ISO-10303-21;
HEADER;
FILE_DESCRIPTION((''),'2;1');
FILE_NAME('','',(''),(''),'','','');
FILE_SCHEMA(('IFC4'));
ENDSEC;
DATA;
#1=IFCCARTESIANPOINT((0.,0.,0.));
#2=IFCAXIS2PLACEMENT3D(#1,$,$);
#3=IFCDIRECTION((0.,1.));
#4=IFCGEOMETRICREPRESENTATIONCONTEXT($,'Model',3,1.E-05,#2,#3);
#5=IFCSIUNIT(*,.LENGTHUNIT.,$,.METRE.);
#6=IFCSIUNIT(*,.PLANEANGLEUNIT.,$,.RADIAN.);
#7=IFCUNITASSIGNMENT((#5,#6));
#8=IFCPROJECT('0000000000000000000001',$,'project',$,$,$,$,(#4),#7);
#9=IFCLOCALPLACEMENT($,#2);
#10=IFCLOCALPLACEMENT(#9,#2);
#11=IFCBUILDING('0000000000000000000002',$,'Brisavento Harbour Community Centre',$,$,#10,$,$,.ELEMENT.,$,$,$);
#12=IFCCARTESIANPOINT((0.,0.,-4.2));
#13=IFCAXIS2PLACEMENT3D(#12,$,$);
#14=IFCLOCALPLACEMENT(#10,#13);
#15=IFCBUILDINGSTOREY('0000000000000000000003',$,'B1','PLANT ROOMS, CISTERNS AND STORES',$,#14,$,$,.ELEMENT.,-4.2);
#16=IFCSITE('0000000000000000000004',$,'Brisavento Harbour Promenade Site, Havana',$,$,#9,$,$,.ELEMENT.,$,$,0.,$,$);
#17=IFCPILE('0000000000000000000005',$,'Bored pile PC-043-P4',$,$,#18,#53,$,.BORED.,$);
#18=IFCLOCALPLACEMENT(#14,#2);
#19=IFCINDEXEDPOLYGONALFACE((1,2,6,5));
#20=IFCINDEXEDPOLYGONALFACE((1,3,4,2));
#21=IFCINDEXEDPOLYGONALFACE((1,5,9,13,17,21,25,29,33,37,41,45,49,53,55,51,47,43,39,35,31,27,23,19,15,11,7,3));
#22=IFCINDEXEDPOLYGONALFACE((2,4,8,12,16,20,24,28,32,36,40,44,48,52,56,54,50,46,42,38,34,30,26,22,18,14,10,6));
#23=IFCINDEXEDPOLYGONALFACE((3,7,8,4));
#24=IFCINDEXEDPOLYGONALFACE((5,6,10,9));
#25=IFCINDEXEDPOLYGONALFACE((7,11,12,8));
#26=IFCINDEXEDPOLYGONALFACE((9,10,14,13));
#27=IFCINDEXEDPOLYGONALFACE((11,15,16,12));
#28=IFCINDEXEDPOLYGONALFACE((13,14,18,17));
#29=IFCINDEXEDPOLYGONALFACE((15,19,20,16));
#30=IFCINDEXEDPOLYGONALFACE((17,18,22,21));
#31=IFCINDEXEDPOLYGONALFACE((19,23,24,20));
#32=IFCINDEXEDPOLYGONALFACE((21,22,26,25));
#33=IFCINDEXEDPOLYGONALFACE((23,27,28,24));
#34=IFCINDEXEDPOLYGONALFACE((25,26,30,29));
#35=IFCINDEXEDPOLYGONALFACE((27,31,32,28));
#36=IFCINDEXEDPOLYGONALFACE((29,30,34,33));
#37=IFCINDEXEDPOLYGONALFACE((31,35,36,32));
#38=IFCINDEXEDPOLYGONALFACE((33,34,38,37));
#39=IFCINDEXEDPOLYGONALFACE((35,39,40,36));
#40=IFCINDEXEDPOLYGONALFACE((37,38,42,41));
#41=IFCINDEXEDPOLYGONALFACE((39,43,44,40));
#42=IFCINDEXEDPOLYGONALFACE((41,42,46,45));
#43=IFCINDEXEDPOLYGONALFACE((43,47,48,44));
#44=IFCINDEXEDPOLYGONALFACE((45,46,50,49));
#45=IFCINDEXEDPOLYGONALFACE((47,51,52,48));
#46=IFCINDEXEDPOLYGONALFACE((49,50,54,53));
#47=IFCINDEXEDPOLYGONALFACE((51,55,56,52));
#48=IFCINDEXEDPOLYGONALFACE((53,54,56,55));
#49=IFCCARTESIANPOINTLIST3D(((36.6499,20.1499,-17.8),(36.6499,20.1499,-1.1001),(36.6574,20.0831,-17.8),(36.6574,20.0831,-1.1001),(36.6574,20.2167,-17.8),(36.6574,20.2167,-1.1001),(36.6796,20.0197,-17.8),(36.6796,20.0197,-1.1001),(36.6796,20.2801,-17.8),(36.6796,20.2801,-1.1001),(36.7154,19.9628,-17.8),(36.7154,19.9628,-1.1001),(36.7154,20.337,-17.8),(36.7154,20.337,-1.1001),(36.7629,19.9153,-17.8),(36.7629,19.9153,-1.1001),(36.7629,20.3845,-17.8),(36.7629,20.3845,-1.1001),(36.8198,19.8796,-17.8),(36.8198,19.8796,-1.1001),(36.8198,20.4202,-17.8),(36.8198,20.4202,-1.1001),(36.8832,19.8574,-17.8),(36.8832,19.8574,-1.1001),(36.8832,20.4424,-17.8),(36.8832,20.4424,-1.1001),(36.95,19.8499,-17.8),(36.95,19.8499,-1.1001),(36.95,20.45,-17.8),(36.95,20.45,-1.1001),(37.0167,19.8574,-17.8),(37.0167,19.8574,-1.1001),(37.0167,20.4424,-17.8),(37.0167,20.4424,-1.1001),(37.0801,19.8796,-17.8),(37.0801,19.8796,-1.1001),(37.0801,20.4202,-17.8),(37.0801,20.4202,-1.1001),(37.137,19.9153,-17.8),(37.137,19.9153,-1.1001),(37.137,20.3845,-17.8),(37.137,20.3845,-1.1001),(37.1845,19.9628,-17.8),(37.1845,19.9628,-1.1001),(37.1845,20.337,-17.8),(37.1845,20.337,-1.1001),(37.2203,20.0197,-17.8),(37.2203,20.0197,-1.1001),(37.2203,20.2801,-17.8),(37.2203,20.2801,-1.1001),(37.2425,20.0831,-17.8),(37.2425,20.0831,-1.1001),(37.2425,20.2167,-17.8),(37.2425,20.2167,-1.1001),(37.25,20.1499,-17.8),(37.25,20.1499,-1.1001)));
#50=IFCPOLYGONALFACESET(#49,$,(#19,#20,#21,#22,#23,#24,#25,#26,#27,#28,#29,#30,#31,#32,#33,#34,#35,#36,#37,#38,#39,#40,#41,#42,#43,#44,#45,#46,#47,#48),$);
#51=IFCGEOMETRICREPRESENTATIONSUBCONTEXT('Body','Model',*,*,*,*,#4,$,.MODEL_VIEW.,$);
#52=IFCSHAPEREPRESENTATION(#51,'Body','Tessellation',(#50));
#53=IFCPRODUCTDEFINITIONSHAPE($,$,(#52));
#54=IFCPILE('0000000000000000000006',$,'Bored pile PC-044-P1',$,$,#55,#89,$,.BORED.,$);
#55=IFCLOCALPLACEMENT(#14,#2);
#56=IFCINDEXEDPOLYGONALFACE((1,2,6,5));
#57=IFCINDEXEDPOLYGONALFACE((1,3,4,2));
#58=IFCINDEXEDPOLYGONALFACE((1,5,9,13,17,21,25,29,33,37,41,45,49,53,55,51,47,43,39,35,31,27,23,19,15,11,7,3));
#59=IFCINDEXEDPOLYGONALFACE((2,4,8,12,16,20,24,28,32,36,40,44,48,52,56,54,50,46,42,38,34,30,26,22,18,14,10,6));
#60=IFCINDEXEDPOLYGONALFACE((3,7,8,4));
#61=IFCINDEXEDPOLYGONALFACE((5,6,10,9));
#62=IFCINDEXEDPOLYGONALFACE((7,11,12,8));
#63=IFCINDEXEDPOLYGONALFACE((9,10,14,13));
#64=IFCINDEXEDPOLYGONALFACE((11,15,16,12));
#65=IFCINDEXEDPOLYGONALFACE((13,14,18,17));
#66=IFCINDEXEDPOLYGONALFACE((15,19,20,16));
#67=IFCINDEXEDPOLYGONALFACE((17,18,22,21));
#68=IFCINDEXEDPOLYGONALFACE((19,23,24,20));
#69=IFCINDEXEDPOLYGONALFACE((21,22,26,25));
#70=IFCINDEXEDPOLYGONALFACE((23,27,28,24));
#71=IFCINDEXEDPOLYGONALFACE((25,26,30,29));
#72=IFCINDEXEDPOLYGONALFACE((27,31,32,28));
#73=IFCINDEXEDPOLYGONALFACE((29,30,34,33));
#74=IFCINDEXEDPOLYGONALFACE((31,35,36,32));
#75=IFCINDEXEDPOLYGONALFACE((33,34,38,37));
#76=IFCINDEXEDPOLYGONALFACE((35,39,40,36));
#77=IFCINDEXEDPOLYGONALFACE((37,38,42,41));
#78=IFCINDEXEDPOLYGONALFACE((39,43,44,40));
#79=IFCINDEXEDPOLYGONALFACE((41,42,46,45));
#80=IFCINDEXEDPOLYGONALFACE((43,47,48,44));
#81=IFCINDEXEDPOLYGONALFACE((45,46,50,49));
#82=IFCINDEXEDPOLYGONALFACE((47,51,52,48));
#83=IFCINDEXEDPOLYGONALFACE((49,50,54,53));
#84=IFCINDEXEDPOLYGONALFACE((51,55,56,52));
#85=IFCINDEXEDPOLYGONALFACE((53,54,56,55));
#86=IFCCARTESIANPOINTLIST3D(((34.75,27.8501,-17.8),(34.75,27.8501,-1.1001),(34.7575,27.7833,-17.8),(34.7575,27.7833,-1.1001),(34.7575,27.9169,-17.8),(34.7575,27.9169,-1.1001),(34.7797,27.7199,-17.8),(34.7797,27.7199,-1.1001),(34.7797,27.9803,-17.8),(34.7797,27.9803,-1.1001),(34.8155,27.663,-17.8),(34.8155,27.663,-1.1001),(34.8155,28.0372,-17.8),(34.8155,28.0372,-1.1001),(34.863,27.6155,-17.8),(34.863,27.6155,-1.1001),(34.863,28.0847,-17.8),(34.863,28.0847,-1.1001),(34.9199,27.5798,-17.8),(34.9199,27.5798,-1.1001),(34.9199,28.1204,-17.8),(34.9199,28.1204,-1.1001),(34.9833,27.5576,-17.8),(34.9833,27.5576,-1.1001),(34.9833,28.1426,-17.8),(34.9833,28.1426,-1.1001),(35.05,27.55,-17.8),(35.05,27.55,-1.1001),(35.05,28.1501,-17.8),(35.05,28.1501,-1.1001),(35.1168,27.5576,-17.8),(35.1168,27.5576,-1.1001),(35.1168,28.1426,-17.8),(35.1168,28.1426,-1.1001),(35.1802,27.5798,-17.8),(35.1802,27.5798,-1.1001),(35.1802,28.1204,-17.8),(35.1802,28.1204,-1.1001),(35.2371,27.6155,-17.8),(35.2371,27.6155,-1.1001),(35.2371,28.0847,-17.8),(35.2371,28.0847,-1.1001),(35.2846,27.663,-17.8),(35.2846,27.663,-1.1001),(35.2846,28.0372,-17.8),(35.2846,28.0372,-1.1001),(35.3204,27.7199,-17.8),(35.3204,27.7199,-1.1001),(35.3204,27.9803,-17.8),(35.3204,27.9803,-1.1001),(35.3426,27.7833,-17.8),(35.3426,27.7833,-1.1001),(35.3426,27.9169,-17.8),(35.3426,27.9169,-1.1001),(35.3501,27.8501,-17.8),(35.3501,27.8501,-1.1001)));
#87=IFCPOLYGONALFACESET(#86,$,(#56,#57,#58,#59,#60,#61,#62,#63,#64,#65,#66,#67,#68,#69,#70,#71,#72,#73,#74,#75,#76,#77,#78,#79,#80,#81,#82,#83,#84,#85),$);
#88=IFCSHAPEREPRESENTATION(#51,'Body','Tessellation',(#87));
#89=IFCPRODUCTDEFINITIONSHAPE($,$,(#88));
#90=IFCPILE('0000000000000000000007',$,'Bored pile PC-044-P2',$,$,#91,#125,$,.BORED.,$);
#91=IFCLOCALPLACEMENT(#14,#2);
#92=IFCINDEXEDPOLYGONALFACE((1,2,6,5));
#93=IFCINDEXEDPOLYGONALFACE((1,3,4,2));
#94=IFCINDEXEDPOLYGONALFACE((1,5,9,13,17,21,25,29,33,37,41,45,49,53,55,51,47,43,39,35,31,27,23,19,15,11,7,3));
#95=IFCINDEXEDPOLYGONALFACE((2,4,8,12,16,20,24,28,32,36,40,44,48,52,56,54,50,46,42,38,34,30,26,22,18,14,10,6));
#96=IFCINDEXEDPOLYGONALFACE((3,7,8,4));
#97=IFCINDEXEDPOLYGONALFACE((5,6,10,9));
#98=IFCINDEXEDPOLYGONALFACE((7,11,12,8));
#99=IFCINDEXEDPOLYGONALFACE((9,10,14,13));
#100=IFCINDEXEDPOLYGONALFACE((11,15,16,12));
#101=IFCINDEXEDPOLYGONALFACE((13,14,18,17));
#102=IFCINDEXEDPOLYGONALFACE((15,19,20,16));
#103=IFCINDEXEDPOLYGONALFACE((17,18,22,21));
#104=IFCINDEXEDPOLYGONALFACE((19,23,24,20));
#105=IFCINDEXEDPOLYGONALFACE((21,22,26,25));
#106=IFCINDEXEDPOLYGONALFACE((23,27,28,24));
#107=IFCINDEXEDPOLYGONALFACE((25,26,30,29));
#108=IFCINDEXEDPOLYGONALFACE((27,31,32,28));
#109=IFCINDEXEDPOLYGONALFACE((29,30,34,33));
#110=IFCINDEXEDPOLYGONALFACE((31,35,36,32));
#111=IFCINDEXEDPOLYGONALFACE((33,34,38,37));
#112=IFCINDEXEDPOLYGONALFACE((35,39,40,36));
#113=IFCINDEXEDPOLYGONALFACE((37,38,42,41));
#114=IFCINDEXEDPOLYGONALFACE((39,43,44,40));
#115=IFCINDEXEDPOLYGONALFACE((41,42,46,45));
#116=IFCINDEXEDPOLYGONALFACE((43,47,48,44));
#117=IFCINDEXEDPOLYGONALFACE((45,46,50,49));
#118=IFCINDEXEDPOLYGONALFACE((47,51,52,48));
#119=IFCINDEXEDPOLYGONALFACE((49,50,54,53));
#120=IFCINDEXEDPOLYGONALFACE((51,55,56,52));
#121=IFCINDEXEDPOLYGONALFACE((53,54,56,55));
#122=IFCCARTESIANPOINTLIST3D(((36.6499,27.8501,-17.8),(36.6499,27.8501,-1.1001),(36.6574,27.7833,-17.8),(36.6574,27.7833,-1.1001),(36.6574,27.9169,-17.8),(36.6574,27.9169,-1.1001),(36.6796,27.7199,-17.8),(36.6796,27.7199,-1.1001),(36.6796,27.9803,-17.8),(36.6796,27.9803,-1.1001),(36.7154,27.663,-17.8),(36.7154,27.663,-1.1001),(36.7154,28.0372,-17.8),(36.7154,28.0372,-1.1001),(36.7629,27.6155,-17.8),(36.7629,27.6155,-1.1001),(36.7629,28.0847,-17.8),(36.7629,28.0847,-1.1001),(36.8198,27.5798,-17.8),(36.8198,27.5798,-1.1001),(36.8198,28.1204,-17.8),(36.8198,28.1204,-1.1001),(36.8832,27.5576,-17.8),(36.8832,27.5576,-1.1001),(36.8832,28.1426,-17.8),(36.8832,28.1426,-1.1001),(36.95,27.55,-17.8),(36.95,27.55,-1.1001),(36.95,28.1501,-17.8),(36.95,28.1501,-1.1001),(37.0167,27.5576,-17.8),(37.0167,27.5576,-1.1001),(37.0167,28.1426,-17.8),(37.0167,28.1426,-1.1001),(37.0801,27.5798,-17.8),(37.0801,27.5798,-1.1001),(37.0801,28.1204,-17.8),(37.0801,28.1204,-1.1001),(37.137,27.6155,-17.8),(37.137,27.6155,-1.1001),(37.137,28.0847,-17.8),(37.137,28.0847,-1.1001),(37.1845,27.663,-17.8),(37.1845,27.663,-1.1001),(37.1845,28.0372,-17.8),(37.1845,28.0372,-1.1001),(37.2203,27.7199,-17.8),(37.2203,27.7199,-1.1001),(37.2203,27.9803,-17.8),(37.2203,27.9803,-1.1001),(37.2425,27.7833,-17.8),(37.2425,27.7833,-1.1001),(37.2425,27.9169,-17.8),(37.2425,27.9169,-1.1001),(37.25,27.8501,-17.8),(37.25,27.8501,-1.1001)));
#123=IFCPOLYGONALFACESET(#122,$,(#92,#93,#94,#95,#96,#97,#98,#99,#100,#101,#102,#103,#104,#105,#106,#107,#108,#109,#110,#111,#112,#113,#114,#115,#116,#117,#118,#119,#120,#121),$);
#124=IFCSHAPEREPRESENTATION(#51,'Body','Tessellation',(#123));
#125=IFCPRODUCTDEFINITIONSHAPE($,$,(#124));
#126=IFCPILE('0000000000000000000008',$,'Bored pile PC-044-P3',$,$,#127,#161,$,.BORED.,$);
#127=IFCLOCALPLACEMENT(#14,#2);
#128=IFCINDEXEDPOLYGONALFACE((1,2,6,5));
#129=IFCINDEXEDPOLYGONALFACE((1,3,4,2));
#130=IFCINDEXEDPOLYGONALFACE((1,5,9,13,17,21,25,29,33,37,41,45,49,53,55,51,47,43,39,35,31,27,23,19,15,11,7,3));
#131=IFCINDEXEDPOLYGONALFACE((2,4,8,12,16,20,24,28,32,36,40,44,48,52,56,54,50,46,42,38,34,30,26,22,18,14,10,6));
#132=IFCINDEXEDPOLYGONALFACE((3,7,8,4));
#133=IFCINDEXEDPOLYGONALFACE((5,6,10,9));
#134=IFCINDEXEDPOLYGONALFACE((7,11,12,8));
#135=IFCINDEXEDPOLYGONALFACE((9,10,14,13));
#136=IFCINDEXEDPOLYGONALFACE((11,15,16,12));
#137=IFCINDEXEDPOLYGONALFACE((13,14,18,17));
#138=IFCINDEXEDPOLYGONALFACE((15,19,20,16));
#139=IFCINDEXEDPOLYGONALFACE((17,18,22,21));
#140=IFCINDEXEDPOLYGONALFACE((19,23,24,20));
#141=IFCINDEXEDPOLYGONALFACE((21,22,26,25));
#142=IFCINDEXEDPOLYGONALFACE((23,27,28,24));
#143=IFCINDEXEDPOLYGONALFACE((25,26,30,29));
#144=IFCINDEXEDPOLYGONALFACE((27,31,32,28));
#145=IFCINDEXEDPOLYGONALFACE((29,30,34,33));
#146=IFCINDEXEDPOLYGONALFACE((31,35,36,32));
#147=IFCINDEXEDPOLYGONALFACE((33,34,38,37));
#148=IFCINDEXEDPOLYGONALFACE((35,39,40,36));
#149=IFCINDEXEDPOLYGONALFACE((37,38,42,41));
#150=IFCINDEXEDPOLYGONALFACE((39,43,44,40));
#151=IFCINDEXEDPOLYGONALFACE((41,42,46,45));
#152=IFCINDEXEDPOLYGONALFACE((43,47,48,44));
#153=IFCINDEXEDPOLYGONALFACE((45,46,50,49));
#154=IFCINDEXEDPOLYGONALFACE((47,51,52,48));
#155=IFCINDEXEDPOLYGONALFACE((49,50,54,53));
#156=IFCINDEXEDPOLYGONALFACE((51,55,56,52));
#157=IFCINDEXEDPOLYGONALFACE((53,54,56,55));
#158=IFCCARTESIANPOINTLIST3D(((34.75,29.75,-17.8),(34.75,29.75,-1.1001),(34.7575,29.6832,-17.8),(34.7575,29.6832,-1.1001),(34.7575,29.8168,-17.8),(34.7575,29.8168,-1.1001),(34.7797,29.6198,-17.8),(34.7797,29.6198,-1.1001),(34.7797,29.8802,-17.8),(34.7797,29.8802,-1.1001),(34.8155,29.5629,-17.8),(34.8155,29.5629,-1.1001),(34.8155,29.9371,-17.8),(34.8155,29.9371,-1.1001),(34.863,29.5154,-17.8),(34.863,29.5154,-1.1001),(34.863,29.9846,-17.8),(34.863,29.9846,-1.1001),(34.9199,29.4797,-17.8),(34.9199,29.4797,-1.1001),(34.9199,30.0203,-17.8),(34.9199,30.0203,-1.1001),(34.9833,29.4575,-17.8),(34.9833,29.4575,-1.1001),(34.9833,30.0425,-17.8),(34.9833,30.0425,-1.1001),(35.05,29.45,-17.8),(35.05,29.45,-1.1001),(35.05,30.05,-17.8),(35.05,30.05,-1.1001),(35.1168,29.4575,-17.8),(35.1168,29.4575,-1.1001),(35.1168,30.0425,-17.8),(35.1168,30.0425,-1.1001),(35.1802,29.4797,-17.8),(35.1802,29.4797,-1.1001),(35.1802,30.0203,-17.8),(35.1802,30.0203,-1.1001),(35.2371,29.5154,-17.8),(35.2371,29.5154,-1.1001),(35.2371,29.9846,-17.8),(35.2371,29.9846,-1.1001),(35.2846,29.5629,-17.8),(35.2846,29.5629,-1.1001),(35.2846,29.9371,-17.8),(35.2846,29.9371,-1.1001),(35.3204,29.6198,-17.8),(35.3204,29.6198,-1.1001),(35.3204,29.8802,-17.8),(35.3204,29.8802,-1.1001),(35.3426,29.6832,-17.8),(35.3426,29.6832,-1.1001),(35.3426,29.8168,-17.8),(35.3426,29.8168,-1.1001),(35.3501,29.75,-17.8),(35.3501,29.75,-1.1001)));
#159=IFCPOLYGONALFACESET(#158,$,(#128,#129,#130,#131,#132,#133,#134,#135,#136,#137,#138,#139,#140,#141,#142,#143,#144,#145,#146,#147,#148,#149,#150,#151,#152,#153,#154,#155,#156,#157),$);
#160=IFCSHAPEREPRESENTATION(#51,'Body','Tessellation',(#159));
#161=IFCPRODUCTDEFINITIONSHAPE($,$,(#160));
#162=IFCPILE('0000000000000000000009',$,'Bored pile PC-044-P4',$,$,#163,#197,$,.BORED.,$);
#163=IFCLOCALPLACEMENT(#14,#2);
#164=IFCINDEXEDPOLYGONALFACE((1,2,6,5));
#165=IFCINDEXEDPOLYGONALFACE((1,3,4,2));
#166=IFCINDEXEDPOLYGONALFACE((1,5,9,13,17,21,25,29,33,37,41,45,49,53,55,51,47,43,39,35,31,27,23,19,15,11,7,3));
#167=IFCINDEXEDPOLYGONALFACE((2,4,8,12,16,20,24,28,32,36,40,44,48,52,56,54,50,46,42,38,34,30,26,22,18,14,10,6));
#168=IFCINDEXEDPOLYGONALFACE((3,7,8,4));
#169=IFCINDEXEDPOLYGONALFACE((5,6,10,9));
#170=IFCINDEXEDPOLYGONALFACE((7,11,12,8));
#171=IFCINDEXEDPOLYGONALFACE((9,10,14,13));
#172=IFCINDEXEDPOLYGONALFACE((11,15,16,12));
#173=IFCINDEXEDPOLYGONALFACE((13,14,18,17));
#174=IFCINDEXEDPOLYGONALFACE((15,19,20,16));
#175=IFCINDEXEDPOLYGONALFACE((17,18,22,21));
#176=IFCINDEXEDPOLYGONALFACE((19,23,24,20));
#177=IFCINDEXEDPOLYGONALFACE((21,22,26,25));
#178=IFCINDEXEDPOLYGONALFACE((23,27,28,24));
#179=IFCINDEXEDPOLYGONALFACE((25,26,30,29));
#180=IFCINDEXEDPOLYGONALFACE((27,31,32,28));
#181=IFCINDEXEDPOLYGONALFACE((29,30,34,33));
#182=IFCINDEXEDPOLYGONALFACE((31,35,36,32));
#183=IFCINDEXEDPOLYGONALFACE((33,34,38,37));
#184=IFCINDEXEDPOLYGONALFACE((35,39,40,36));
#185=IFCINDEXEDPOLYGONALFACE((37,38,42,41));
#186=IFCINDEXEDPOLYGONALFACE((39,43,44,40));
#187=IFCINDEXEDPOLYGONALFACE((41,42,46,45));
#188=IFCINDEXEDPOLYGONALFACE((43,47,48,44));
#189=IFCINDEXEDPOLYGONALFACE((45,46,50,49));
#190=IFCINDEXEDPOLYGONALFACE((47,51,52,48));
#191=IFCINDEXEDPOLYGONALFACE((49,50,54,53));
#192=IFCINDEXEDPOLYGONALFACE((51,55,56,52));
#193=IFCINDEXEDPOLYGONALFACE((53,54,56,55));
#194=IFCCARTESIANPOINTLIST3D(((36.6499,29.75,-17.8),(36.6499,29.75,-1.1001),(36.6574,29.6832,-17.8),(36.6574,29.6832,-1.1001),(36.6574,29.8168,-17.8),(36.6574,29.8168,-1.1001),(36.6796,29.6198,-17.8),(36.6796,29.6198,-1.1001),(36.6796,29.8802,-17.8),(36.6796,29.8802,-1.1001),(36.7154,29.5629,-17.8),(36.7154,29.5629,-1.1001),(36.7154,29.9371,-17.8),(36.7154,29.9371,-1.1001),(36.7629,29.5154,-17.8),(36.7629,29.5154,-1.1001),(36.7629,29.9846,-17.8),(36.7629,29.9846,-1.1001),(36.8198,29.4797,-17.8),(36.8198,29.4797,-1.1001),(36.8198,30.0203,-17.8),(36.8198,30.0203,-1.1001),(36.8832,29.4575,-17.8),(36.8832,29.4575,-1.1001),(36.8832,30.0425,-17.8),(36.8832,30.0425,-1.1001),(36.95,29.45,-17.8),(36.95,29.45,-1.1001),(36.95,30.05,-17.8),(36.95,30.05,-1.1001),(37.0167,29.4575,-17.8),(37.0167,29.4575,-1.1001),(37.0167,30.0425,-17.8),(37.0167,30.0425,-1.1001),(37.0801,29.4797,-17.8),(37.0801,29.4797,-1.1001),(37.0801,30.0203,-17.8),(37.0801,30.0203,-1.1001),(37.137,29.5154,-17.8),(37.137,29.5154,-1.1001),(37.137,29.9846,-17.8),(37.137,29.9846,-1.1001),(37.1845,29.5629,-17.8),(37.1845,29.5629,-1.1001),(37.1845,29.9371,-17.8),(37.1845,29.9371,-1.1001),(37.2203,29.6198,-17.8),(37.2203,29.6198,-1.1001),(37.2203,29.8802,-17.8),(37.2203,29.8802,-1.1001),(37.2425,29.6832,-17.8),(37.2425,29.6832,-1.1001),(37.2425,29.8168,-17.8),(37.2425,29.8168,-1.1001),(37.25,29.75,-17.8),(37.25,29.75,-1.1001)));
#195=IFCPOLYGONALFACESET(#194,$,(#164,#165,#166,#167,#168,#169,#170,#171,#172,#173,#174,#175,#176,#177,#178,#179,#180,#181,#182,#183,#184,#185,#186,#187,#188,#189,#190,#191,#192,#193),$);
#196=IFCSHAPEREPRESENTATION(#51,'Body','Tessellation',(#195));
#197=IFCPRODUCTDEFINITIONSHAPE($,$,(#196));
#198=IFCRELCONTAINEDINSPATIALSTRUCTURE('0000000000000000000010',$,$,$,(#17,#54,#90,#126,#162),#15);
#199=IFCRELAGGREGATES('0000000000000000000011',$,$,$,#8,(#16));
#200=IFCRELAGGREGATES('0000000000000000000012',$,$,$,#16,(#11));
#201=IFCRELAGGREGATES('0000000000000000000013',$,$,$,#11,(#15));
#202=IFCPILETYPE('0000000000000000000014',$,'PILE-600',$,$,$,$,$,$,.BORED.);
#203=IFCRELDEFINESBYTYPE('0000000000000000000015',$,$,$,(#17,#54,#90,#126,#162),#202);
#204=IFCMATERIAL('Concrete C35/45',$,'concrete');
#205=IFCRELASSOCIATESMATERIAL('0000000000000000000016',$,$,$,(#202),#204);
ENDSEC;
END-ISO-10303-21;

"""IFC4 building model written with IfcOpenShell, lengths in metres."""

from ifc_helpers import new_model, si_unit, direction, frame, origin, origin_2d, place, context, subcontext, project, spatial, circle, extrude, material, material_profile, profile_set, type_object, element, save


model = new_model("IFC4")

# Units and contexts
model_context = context("Model", 3, precision=1e-05, world=origin(), true_north=direction((0.0, 1.0)))
body_context = subcontext(model_context, "Body", "Model", "MODEL_VIEW")
ifc_project = project(units=[si_unit("LENGTHUNIT", "METRE"), si_unit("PLANEANGLEUNIT", "RADIAN")], contexts=[model_context])

# Site, building, storey
site_placement = place(None, origin())
site = spatial("IfcSite", under=ifc_project, at=site_placement, Name="Brisavento Harbour Promenade Site, Havana", CompositionType="ELEMENT", RefElevation=0.0)
building_placement = place(site_placement, origin())
building = spatial("IfcBuilding", under=site, at=building_placement, Name="Brisavento Harbour Community Centre", CompositionType="ELEMENT")
storey_placement = place(building_placement, frame((0.0, 0.0, -4.2)))
storey = spatial("IfcBuildingStorey", under=building, at=storey_placement, Name="B1", Description="PLANT ROOMS, CISTERNS AND STORES", CompositionType="ELEMENT", Elevation=-4.2)

# Shared definitions
ifc_material_1 = material(Name="Concrete C35/45", Category="concrete")

# Piles
ifc_material_profile_1 = material_profile(ifc_material_1, circle(Radius=0.3, at=origin_2d()), Name="Concrete C35/45")
ifc_profile_set_1 = profile_set([ifc_material_profile_1], Name="Concrete C35/45")
pile_type_1 = type_object("IfcPileType", Name="PILE-600", PredefinedType="BORED", material=ifc_profile_set_1)
for number, where, z_axis, x_axis, name in (
    (1, (36.95, 20.1499, -1.1001), (0.0, 0.0, -1.0), (1.0, 0.0, 0.0), "Bored pile PC-043-P4"),
    (2, (35.05, 27.8501, -1.1001), (0.0, 0.0, -1.0), (1.0, 0.0, 0.0), "Bored pile PC-044-P1"),
    (3, (36.95, 27.8501, -1.1001), (0.0, 0.0, -1.0), (1.0, 0.0, 0.0), "Bored pile PC-044-P2"),
    (4, (35.05, 29.75, -1.1001), (0.0, 0.0, -1.0), (1.0, 0.0, 0.0), "Bored pile PC-044-P3"),
    (5, (36.95, 29.75, -1.1001), (0.0, 0.0, -1.0), (1.0, 0.0, 0.0), "Bored pile PC-044-P4"),
):
    element("IfcPile", number, at=place(storey_placement, frame(where, z_axis=z_axis, x_axis=x_axis)), inside=storey, type_object=pile_type_1, Name=name, PredefinedType="BORED", context=body_context, shape_type="SweptSolid", body=[
        extrude(circle(Radius=0.3, at=origin_2d()), origin(), (0.0, 0.0, 1.0), 16.7),
    ])

save(model, "model.ifc")
